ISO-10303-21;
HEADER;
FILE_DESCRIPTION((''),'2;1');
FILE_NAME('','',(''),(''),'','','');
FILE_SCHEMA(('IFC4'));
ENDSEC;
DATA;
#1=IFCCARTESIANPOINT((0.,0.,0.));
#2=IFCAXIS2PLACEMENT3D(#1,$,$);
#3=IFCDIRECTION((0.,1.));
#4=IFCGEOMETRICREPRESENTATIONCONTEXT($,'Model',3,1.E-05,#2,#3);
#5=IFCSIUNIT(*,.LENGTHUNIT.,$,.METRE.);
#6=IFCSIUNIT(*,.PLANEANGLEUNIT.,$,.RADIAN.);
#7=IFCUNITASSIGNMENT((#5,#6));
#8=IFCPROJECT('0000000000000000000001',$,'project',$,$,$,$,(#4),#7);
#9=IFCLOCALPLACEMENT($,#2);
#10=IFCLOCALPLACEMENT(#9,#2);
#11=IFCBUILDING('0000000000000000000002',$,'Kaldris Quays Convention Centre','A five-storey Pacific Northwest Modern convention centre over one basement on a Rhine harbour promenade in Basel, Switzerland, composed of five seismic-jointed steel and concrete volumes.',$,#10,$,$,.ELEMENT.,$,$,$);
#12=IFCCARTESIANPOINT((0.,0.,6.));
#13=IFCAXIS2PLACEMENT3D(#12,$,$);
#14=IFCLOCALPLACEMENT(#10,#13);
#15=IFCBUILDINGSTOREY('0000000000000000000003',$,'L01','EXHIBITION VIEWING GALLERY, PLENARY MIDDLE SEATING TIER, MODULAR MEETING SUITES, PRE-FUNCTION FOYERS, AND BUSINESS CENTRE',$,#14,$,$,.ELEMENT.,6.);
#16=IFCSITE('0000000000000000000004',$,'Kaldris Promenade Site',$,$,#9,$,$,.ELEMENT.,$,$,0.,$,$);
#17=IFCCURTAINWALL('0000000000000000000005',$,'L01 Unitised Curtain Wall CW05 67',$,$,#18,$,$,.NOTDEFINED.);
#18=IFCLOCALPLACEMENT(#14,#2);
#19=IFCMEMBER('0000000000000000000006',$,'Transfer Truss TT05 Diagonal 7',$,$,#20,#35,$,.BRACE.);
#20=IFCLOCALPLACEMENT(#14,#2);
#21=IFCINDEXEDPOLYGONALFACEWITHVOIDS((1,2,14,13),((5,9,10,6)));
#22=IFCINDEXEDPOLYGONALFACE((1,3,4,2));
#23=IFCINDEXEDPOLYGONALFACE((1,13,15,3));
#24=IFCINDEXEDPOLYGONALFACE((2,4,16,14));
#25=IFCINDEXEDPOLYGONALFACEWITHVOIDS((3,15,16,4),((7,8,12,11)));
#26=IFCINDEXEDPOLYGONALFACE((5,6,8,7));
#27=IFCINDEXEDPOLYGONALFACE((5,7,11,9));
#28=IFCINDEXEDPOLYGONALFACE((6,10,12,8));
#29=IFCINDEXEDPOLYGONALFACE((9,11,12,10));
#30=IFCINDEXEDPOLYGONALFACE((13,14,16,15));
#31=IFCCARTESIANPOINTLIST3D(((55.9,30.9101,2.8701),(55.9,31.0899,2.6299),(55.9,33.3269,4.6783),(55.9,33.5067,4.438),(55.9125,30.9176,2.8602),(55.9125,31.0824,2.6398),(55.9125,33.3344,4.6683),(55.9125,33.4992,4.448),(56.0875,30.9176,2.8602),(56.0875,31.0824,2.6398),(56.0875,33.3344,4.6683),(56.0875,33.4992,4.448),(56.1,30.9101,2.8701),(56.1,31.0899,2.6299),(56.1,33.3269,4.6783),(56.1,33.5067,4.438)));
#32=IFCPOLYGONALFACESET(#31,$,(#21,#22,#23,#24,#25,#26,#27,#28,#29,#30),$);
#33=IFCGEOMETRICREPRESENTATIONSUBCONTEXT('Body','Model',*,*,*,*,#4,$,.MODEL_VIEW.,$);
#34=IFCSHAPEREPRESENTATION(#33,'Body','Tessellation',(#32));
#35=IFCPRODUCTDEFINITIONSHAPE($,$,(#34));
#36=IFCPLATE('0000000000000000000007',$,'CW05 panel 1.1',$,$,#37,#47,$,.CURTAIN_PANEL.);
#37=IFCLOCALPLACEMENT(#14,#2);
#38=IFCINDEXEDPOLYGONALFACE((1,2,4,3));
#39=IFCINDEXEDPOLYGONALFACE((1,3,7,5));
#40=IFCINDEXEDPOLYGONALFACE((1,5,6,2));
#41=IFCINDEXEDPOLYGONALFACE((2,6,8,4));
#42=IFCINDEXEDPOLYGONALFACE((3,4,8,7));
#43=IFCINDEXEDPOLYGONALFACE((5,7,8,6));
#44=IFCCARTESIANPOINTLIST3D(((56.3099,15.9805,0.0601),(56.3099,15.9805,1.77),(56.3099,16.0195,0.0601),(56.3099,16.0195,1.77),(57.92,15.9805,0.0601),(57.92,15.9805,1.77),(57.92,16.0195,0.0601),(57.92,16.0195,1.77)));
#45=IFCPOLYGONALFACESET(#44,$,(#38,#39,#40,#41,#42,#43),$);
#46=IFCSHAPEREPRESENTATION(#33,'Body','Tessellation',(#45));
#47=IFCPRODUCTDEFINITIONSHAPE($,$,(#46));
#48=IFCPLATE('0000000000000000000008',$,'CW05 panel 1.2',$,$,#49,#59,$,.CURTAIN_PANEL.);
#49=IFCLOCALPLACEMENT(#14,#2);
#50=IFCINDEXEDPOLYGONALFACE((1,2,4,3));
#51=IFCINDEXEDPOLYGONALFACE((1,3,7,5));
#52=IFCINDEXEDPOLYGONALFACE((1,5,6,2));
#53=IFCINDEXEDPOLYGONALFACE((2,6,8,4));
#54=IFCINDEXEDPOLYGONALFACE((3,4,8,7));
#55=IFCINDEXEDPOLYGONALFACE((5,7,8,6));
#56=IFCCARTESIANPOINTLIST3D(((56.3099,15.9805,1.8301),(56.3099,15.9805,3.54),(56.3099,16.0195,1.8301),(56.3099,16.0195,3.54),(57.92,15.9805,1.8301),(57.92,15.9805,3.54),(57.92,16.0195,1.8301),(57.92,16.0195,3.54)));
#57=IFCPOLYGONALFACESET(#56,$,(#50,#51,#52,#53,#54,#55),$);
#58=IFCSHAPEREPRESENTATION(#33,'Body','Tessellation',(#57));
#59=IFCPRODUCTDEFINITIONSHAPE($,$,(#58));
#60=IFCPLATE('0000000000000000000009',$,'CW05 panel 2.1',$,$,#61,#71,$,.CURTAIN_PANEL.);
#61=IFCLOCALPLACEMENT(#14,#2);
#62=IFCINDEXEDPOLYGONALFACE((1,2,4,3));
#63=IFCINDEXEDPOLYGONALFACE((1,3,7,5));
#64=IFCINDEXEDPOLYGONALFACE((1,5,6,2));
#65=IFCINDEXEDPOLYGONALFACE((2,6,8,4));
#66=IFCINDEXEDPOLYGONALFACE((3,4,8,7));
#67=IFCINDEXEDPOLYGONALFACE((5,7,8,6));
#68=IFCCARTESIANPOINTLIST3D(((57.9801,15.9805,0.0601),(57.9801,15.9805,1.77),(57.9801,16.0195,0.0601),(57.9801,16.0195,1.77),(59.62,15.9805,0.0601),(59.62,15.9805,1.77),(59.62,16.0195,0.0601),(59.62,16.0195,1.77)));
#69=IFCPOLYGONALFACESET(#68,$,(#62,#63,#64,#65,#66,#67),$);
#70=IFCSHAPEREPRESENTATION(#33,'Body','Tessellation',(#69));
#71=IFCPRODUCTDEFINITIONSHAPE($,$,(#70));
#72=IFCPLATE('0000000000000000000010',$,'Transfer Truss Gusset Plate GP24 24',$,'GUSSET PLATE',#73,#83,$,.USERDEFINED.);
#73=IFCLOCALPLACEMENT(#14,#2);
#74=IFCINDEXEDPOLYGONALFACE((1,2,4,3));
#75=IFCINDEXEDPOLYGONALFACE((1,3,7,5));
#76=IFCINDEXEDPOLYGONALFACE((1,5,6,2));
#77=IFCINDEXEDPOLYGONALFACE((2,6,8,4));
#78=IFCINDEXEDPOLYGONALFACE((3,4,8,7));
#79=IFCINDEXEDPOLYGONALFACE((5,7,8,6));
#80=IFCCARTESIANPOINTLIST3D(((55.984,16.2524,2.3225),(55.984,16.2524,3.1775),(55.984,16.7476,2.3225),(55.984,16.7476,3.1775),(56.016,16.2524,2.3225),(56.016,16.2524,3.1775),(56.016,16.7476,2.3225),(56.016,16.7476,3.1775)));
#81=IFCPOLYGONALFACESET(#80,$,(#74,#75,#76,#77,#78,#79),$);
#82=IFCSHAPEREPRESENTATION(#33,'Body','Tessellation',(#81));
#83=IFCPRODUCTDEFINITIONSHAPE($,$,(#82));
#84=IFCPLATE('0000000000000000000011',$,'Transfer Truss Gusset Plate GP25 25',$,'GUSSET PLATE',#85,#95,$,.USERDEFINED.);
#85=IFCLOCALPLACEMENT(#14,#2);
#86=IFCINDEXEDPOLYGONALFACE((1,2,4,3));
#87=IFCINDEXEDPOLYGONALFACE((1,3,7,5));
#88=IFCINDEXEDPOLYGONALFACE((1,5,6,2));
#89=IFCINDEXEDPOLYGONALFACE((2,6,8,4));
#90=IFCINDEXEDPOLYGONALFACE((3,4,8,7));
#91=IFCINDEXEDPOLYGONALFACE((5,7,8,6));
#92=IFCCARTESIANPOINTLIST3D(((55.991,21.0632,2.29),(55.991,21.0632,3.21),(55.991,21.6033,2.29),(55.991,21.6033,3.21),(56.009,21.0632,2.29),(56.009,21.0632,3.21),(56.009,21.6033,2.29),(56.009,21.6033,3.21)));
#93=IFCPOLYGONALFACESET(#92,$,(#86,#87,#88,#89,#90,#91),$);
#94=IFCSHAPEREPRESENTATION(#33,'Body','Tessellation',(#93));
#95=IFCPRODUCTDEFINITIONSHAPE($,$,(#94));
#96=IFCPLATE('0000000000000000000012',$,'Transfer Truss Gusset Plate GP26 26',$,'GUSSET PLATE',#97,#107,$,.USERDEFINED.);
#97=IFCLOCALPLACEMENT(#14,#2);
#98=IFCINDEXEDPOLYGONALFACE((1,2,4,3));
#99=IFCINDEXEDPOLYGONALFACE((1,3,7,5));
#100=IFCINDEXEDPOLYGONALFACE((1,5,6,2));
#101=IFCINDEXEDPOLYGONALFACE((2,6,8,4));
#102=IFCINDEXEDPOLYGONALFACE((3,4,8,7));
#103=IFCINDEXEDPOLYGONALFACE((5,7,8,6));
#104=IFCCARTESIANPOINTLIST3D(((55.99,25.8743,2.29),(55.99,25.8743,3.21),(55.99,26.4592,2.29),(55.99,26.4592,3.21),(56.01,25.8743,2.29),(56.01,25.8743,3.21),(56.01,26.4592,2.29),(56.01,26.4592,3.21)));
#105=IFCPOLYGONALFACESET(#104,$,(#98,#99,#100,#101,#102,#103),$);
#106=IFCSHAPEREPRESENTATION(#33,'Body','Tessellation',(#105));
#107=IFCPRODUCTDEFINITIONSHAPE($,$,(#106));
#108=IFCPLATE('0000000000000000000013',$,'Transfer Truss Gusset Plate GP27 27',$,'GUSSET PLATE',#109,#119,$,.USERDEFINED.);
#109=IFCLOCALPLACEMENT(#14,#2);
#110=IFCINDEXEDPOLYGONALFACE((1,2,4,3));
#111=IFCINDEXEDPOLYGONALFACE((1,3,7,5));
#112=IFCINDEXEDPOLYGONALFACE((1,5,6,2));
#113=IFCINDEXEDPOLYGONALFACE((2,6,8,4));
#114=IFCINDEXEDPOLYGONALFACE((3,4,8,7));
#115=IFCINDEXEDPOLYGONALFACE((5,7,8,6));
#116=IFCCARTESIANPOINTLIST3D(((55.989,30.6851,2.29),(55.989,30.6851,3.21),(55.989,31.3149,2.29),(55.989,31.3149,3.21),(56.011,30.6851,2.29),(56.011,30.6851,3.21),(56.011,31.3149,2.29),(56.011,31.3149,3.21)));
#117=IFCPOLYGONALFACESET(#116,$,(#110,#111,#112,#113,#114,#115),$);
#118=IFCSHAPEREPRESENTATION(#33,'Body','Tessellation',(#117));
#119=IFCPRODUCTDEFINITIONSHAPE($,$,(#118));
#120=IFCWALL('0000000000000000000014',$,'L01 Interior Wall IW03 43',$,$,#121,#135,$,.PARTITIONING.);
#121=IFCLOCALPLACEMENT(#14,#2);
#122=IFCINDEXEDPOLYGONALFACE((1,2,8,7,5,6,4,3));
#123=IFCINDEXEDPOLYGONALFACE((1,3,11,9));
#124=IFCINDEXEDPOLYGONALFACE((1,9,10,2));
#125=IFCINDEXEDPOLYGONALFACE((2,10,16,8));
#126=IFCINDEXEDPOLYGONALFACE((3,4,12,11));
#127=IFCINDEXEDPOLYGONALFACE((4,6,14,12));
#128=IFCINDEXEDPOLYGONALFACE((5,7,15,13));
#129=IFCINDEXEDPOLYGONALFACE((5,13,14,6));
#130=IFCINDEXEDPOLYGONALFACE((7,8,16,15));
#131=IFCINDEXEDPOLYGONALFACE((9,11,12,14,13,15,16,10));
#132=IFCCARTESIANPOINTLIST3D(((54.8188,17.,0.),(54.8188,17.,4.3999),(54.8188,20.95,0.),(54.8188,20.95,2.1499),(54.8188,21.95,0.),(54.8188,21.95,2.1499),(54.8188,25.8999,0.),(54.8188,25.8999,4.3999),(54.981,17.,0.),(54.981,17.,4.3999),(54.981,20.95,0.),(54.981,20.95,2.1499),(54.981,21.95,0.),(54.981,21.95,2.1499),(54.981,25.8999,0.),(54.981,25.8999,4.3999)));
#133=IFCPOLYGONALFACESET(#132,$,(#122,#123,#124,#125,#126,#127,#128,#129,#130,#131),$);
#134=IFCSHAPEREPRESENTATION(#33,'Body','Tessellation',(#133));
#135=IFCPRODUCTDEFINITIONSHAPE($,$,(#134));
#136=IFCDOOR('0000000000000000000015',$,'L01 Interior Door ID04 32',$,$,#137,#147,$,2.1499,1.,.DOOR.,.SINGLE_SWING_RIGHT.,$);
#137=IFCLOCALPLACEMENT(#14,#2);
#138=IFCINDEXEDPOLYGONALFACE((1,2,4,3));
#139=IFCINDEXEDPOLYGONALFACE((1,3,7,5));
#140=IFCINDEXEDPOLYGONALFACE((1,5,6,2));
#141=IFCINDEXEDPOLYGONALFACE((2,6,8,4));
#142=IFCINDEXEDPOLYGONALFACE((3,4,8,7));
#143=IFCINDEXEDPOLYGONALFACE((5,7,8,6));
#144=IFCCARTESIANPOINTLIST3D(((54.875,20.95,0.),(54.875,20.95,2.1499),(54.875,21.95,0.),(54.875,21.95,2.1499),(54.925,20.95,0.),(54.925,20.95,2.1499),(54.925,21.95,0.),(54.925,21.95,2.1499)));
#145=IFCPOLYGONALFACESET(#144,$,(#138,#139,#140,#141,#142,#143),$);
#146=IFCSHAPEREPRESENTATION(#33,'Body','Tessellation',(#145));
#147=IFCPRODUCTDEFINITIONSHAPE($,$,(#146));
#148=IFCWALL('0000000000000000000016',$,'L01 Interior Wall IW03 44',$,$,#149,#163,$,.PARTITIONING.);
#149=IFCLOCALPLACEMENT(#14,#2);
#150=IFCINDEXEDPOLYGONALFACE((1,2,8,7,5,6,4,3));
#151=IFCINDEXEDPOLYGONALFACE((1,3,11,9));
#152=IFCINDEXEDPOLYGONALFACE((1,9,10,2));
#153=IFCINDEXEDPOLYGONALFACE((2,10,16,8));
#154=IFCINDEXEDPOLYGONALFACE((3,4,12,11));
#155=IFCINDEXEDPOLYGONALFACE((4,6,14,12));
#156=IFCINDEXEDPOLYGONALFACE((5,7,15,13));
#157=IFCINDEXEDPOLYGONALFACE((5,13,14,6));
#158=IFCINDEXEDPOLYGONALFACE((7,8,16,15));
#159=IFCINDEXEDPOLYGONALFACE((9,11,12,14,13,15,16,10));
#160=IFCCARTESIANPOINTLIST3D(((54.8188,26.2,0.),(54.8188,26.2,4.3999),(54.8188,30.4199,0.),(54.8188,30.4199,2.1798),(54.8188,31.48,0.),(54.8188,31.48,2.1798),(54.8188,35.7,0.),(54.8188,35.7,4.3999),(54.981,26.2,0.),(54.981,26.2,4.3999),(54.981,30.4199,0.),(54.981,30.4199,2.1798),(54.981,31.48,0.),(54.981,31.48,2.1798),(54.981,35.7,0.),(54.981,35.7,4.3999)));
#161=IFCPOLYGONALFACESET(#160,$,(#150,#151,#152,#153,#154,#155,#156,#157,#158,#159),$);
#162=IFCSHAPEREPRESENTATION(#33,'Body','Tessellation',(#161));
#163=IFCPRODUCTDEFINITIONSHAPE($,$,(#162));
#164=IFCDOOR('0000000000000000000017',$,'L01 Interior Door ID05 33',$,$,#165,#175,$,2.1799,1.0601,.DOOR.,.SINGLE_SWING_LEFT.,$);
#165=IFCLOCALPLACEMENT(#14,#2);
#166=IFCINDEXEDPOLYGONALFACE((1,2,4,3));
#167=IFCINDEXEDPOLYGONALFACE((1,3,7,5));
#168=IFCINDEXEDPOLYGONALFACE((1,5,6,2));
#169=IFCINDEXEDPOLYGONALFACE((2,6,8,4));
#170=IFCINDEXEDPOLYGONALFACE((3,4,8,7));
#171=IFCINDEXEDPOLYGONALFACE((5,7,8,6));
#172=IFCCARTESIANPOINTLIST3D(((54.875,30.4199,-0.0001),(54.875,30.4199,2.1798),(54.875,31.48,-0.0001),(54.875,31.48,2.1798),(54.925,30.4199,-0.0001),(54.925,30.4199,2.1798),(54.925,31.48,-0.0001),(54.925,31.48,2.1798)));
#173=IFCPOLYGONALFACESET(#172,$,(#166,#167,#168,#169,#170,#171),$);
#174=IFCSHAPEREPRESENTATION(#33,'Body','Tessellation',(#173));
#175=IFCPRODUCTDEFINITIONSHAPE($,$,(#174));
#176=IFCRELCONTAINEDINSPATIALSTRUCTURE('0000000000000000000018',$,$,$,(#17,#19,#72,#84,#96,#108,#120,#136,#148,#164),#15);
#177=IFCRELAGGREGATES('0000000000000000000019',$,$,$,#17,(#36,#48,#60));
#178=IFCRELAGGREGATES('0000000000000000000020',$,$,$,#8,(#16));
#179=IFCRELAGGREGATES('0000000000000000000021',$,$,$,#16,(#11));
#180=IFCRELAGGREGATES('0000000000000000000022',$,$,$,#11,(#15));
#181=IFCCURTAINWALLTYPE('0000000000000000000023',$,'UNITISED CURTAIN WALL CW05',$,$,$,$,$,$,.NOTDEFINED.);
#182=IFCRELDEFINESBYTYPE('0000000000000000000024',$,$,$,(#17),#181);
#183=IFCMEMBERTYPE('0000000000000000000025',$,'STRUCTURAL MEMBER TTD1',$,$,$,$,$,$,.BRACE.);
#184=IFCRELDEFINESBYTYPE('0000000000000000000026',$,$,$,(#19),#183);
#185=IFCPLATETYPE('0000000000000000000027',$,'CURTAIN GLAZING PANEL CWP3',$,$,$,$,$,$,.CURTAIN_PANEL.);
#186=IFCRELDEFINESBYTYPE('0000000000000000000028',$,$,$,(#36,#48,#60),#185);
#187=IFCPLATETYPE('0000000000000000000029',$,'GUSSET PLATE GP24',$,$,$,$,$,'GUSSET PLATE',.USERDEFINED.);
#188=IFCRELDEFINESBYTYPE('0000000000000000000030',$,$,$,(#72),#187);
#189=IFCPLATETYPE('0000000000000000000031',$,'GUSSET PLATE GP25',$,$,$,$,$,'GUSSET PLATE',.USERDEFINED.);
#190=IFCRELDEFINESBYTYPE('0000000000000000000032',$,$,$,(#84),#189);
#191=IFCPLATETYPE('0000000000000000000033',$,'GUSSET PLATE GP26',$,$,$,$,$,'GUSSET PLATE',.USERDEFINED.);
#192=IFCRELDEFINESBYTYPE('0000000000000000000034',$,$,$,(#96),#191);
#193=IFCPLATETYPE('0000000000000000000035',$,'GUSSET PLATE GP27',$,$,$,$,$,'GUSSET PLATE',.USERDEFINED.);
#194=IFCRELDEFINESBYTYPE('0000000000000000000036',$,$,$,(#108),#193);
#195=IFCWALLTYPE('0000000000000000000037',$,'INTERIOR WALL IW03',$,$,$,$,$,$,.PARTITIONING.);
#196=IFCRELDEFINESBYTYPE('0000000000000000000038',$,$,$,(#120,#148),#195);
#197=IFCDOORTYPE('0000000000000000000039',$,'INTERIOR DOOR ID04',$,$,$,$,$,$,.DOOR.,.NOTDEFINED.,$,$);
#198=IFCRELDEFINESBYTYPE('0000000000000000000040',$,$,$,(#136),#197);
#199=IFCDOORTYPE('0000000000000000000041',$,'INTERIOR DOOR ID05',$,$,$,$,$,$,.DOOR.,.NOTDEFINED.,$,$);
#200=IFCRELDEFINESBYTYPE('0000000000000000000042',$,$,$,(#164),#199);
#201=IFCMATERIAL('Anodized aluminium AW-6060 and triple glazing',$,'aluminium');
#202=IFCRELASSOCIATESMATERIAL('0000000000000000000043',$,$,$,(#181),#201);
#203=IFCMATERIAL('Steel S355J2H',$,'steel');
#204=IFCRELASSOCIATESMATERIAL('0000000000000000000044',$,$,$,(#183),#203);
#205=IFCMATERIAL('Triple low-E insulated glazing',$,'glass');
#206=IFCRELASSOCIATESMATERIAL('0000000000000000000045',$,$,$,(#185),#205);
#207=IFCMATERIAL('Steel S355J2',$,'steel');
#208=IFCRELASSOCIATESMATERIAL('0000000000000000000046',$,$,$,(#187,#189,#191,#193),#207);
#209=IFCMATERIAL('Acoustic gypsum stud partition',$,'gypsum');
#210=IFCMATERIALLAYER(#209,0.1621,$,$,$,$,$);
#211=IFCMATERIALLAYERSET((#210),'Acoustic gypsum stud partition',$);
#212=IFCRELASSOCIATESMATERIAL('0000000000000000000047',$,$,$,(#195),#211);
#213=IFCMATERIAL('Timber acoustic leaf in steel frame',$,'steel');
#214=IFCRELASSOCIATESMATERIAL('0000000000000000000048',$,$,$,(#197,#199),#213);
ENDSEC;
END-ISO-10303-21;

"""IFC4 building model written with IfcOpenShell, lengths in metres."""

from ifc_helpers import new_model, si_unit, direction, frame, frame_2d, origin, origin_2d, place, context, subcontext, project, spatial, rectangle, hollow_rectangle, extrude, material, layer, layer_set, material_profile, profile_set, type_object, element, fill, aggregate, save


model = new_model("IFC4")

# Units and contexts
model_context = context("Model", 3, precision=1e-05, world=origin(), true_north=direction((0.0, 1.0)))
body_context = subcontext(model_context, "Body", "Model", "MODEL_VIEW")
ifc_project = project(units=[si_unit("LENGTHUNIT", "METRE"), si_unit("PLANEANGLEUNIT", "RADIAN")], contexts=[model_context])

# Site, building, storey
site_placement = place(None, origin())
site = spatial("IfcSite", under=ifc_project, at=site_placement, Name="Kaldris Promenade Site", CompositionType="ELEMENT", RefElevation=0.0)
building_placement = place(site_placement, origin())
building = spatial("IfcBuilding", under=site, at=building_placement, Name="Kaldris Quays Convention Centre", Description="A five-storey Pacific Northwest Modern convention centre over one basement on a Rhine harbour promenade in Basel, Switzerland, composed of five seismic-jointed steel and concrete volumes.", CompositionType="ELEMENT")
storey_placement = place(building_placement, frame((0.0, 0.0, 6.0)))
storey = spatial("IfcBuildingStorey", under=building, at=storey_placement, Name="L01", Description="EXHIBITION VIEWING GALLERY, PLENARY MIDDLE SEATING TIER, MODULAR MEETING SUITES, PRE-FUNCTION FOYERS, AND BUSINESS CENTRE", CompositionType="ELEMENT", Elevation=6.0)

# Curtain wall
ifc_material_1 = material(Name="Anodized aluminium AW-6060 and triple glazing", Category="aluminium")
curtain_wall_type = type_object("IfcCurtainWallType", Name="UNITISED CURTAIN WALL CW05", PredefinedType="NOTDEFINED", material=ifc_material_1)
curtain_wall_placement = place(storey_placement, origin())
curtain_wall = element("IfcCurtainWall", 1, at=curtain_wall_placement, inside=storey, type_object=curtain_wall_type, Name="L01 Unitised Curtain Wall CW05 67", PredefinedType="NOTDEFINED")

# Shared definitions
ifc_material_2 = material(Name="Steel S355J2", Category="steel")

# Member
ifc_material_3 = material(Name="Steel S355J2H", Category="steel")
ifc_material_profile_1 = material_profile(ifc_material_3, hollow_rectangle(XDim=0.2, YDim=0.3, WallThickness=0.0125, at=origin_2d()), Name="RHS 300x200x12.5")
ifc_profile_set_1 = profile_set([ifc_material_profile_1], Name="Steel S355J2H")
member_type_1 = type_object("IfcMemberType", Name="STRUCTURAL MEMBER TTD1", PredefinedType="BRACE", material=ifc_profile_set_1)
for number, where, z_axis, x_axis, name in (
    (2, (56.0, 31.0, 2.75), (0.0, 0.800708, 0.599055), (-1.0, 0.0, 0.0), "Transfer Truss TT05 Diagonal 7"),
):
    element("IfcMember", number, at=place(storey_placement, frame(where, z_axis=z_axis, x_axis=x_axis)), inside=storey, type_object=member_type_1, Name=name, PredefinedType="BRACE", context=body_context, shape_type="SweptSolid", body=[
        extrude(hollow_rectangle(XDim=0.2, YDim=0.3, WallThickness=0.0125, at=origin_2d()), origin(), (0.0, 0.0, 1.0), 3.0183),
    ])

# Plates
ifc_material_4 = material(Name="Triple low-E insulated glazing", Category="glass")
plate_type_1 = type_object("IfcPlateType", Name="CURTAIN GLAZING PANEL CWP3", PredefinedType="CURTAIN_PANEL", material=ifc_material_4)
plate_1_placement = place(storey_placement, frame((57.115, 16.0, 0.0601), z_axis=(0.0, 0.0, 1.0), x_axis=(1.0, 0.0, 0.0)))
plate_1 = element("IfcPlate", 3, at=plate_1_placement, type_object=plate_type_1, Name="CW05 panel 1.1", PredefinedType="CURTAIN_PANEL", context=body_context, shape_type="SweptSolid", body=[
    extrude(rectangle(XDim=1.6101, YDim=0.0391, at=origin_2d()), origin(), (0.0, 0.0, 1.0), 1.71),
])
plate_2_placement = place(storey_placement, frame((57.115, 16.0, 1.8301), z_axis=(0.0, 0.0, 1.0), x_axis=(1.0, 0.0, 0.0)))
plate_2 = element("IfcPlate", 4, at=plate_2_placement, type_object=plate_type_1, Name="CW05 panel 1.2", PredefinedType="CURTAIN_PANEL", context=body_context, shape_type="SweptSolid", body=[
    extrude(rectangle(XDim=1.6101, YDim=0.0391, at=origin_2d()), origin(), (0.0, 0.0, 1.0), 1.71),
])
plate_3_placement = place(storey_placement, frame((58.8, 16.0, 0.0601), z_axis=(0.0, 0.0, 1.0), x_axis=(1.0, 0.0, 0.0)))
plate_3 = element("IfcPlate", 5, at=plate_3_placement, type_object=plate_type_1, Name="CW05 panel 2.1", PredefinedType="CURTAIN_PANEL", context=body_context, shape_type="SweptSolid", body=[
    extrude(rectangle(XDim=1.6399, YDim=0.0391, at=origin_2d()), origin(), (0.0, 0.0, 1.0), 1.71),
])
aggregate(curtain_wall, [plate_1, plate_2, plate_3])

# Plates
plate_type_2 = type_object("IfcPlateType", Name="GUSSET PLATE GP24", ElementType="GUSSET PLATE", PredefinedType="USERDEFINED", material=ifc_material_2)
plate_4_placement = place(storey_placement, frame((56.0, 16.5, 2.3225), z_axis=(0.0, 0.0, 1.0), x_axis=(1.0, 0.0, 0.0)))
element("IfcPlate", 6, at=plate_4_placement, inside=storey, type_object=plate_type_2, Name="Transfer Truss Gusset Plate GP24 24", ObjectType="GUSSET PLATE", PredefinedType="USERDEFINED", context=body_context, shape_type="SweptSolid", body=[
    extrude(rectangle(XDim=0.032, YDim=0.4951, at=origin_2d()), origin(), (0.0, 0.0, 1.0), 0.855),
])
plate_type_3 = type_object("IfcPlateType", Name="GUSSET PLATE GP25", ElementType="GUSSET PLATE", PredefinedType="USERDEFINED", material=ifc_material_2)
plate_5_placement = place(storey_placement, frame((56.0, 21.3333, 2.29), z_axis=(0.0, 0.0, 1.0), x_axis=(1.0, 0.0, 0.0)))
element("IfcPlate", 7, at=plate_5_placement, inside=storey, type_object=plate_type_3, Name="Transfer Truss Gusset Plate GP25 25", ObjectType="GUSSET PLATE", PredefinedType="USERDEFINED", context=body_context, shape_type="SweptSolid", body=[
    extrude(rectangle(XDim=0.0181, YDim=0.54, at=origin_2d()), origin(), (0.0, 0.0, 1.0), 0.9199),
])
plate_type_4 = type_object("IfcPlateType", Name="GUSSET PLATE GP26", ElementType="GUSSET PLATE", PredefinedType="USERDEFINED", material=ifc_material_2)
plate_6_placement = place(storey_placement, frame((56.0, 26.1667, 2.29), z_axis=(0.0, 0.0, 1.0), x_axis=(1.0, 0.0, 0.0)))
element("IfcPlate", 8, at=plate_6_placement, inside=storey, type_object=plate_type_4, Name="Transfer Truss Gusset Plate GP26 26", ObjectType="GUSSET PLATE", PredefinedType="USERDEFINED", context=body_context, shape_type="SweptSolid", body=[
    extrude(rectangle(XDim=0.02, YDim=0.585, at=origin_2d()), origin(), (0.0, 0.0, 1.0), 0.9199),
])
plate_type_5 = type_object("IfcPlateType", Name="GUSSET PLATE GP27", ElementType="GUSSET PLATE", PredefinedType="USERDEFINED", material=ifc_material_2)
plate_7_placement = place(storey_placement, frame((56.0, 31.0, 2.29), z_axis=(0.0, 0.0, 1.0), x_axis=(1.0, 0.0, 0.0)))
element("IfcPlate", 9, at=plate_7_placement, inside=storey, type_object=plate_type_5, Name="Transfer Truss Gusset Plate GP27 27", ObjectType="GUSSET PLATE", PredefinedType="USERDEFINED", context=body_context, shape_type="SweptSolid", body=[
    extrude(rectangle(XDim=0.022, YDim=0.6299, at=origin_2d()), origin(), (0.0, 0.0, 1.0), 0.9199),
])

# Walls, openings, doors
ifc_material_5 = material(Name="Acoustic gypsum stud partition", Category="gypsum")
ifc_layer_1 = layer(ifc_material_5, 0.1621)
ifc_layer_set_1 = layer_set([ifc_layer_1], Name="Acoustic gypsum stud partition")
wall_type_1 = type_object("IfcWallType", Name="INTERIOR WALL IW03", PredefinedType="PARTITIONING", material=ifc_layer_set_1)
wall_1_placement = place(storey_placement, frame((54.8999, 17.0, 0.0), z_axis=(0.0, 0.0, 1.0), x_axis=(0.0, 1.0, 0.0)))
wall_1 = element("IfcWall", 10, at=wall_1_placement, inside=storey, type_object=wall_type_1, Name="L01 Interior Wall IW03 43", PredefinedType="PARTITIONING", context=body_context, shape_type="SweptSolid", body=[
    extrude(rectangle(XDim=8.8999, YDim=0.1621, at=frame_2d((4.45, 0.0))), origin(), (0.0, 0.0, 1.0), 4.3999),
])
opening_1_placement = place(wall_1_placement, frame((3.95, 0.0, 0.0)))
opening_1 = element("IfcOpeningElement", 11, at=opening_1_placement, cuts=wall_1, PredefinedType="OPENING", context=body_context, shape_type="SweptSolid", body=[
    extrude(rectangle(XDim=1.0, YDim=2.1499, at=frame_2d((0.5, 1.075))), frame((0.0, 0.0911, 0.0), z_axis=(0.0, -1.0, 0.0), x_axis=(1.0, 0.0, 0.0)), (0.0, 0.0, 1.0), 0.1821),
])
ifc_material_6 = material(Name="Timber acoustic leaf in steel frame", Category="steel")
door_type_1 = type_object("IfcDoorType", Name="INTERIOR DOOR ID04", OperationType="NOTDEFINED", PredefinedType="DOOR", material=ifc_material_6)
door_1_placement = place(opening_1_placement, origin())
door_1 = element("IfcDoor", 12, at=door_1_placement, inside=storey, type_object=door_type_1, Name="L01 Interior Door ID04 32", OperationType="SINGLE_SWING_RIGHT", OverallHeight=2.1499, OverallWidth=1.0, PredefinedType="DOOR", context=body_context, shape_type="SweptSolid", body=[
    extrude(rectangle(XDim=1.0, YDim=2.1499, at=frame_2d((0.5, 1.075))), frame((0.0, 0.0249, 0.0), z_axis=(0.0, -1.0, 0.0), x_axis=(1.0, 0.0, 0.0)), (0.0, 0.0, 1.0), 0.05),
])
fill(opening_1, door_1)
wall_2_placement = place(storey_placement, frame((54.8999, 26.2, 0.0), z_axis=(0.0, 0.0, 1.0), x_axis=(0.0, 1.0, 0.0)))
wall_2 = element("IfcWall", 13, at=wall_2_placement, inside=storey, type_object=wall_type_1, Name="L01 Interior Wall IW03 44", PredefinedType="PARTITIONING", context=body_context, shape_type="SweptSolid", body=[
    extrude(rectangle(XDim=9.5, YDim=0.1621, at=frame_2d((4.75, 0.0))), origin(), (0.0, 0.0, 1.0), 4.3999),
])
opening_2_placement = place(wall_2_placement, frame((4.22, 0.0, 0.0)))
opening_2 = element("IfcOpeningElement", 14, at=opening_2_placement, cuts=wall_2, PredefinedType="OPENING", context=body_context, shape_type="SweptSolid", body=[
    extrude(rectangle(XDim=1.0601, YDim=2.1799, at=frame_2d((0.53, 1.0898))), frame((0.0, 0.0911, 0.0), z_axis=(0.0, -1.0, 0.0), x_axis=(1.0, 0.0, 0.0)), (0.0, 0.0, 1.0), 0.1821),
])
door_type_2 = type_object("IfcDoorType", Name="INTERIOR DOOR ID05", OperationType="NOTDEFINED", PredefinedType="DOOR", material=ifc_material_6)
door_2_placement = place(opening_2_placement, origin())
door_2 = element("IfcDoor", 15, at=door_2_placement, inside=storey, type_object=door_type_2, Name="L01 Interior Door ID05 33", OperationType="SINGLE_SWING_LEFT", OverallHeight=2.1799, OverallWidth=1.0601, PredefinedType="DOOR", context=body_context, shape_type="SweptSolid", body=[
    extrude(rectangle(XDim=1.0601, YDim=2.1799, at=frame_2d((0.53, 1.0898))), frame((0.0, 0.0249, 0.0), z_axis=(0.0, -1.0, 0.0), x_axis=(1.0, 0.0, 0.0)), (0.0, 0.0, 1.0), 0.05),
])
fill(opening_2, door_2)

save(model, "model.ifc")
